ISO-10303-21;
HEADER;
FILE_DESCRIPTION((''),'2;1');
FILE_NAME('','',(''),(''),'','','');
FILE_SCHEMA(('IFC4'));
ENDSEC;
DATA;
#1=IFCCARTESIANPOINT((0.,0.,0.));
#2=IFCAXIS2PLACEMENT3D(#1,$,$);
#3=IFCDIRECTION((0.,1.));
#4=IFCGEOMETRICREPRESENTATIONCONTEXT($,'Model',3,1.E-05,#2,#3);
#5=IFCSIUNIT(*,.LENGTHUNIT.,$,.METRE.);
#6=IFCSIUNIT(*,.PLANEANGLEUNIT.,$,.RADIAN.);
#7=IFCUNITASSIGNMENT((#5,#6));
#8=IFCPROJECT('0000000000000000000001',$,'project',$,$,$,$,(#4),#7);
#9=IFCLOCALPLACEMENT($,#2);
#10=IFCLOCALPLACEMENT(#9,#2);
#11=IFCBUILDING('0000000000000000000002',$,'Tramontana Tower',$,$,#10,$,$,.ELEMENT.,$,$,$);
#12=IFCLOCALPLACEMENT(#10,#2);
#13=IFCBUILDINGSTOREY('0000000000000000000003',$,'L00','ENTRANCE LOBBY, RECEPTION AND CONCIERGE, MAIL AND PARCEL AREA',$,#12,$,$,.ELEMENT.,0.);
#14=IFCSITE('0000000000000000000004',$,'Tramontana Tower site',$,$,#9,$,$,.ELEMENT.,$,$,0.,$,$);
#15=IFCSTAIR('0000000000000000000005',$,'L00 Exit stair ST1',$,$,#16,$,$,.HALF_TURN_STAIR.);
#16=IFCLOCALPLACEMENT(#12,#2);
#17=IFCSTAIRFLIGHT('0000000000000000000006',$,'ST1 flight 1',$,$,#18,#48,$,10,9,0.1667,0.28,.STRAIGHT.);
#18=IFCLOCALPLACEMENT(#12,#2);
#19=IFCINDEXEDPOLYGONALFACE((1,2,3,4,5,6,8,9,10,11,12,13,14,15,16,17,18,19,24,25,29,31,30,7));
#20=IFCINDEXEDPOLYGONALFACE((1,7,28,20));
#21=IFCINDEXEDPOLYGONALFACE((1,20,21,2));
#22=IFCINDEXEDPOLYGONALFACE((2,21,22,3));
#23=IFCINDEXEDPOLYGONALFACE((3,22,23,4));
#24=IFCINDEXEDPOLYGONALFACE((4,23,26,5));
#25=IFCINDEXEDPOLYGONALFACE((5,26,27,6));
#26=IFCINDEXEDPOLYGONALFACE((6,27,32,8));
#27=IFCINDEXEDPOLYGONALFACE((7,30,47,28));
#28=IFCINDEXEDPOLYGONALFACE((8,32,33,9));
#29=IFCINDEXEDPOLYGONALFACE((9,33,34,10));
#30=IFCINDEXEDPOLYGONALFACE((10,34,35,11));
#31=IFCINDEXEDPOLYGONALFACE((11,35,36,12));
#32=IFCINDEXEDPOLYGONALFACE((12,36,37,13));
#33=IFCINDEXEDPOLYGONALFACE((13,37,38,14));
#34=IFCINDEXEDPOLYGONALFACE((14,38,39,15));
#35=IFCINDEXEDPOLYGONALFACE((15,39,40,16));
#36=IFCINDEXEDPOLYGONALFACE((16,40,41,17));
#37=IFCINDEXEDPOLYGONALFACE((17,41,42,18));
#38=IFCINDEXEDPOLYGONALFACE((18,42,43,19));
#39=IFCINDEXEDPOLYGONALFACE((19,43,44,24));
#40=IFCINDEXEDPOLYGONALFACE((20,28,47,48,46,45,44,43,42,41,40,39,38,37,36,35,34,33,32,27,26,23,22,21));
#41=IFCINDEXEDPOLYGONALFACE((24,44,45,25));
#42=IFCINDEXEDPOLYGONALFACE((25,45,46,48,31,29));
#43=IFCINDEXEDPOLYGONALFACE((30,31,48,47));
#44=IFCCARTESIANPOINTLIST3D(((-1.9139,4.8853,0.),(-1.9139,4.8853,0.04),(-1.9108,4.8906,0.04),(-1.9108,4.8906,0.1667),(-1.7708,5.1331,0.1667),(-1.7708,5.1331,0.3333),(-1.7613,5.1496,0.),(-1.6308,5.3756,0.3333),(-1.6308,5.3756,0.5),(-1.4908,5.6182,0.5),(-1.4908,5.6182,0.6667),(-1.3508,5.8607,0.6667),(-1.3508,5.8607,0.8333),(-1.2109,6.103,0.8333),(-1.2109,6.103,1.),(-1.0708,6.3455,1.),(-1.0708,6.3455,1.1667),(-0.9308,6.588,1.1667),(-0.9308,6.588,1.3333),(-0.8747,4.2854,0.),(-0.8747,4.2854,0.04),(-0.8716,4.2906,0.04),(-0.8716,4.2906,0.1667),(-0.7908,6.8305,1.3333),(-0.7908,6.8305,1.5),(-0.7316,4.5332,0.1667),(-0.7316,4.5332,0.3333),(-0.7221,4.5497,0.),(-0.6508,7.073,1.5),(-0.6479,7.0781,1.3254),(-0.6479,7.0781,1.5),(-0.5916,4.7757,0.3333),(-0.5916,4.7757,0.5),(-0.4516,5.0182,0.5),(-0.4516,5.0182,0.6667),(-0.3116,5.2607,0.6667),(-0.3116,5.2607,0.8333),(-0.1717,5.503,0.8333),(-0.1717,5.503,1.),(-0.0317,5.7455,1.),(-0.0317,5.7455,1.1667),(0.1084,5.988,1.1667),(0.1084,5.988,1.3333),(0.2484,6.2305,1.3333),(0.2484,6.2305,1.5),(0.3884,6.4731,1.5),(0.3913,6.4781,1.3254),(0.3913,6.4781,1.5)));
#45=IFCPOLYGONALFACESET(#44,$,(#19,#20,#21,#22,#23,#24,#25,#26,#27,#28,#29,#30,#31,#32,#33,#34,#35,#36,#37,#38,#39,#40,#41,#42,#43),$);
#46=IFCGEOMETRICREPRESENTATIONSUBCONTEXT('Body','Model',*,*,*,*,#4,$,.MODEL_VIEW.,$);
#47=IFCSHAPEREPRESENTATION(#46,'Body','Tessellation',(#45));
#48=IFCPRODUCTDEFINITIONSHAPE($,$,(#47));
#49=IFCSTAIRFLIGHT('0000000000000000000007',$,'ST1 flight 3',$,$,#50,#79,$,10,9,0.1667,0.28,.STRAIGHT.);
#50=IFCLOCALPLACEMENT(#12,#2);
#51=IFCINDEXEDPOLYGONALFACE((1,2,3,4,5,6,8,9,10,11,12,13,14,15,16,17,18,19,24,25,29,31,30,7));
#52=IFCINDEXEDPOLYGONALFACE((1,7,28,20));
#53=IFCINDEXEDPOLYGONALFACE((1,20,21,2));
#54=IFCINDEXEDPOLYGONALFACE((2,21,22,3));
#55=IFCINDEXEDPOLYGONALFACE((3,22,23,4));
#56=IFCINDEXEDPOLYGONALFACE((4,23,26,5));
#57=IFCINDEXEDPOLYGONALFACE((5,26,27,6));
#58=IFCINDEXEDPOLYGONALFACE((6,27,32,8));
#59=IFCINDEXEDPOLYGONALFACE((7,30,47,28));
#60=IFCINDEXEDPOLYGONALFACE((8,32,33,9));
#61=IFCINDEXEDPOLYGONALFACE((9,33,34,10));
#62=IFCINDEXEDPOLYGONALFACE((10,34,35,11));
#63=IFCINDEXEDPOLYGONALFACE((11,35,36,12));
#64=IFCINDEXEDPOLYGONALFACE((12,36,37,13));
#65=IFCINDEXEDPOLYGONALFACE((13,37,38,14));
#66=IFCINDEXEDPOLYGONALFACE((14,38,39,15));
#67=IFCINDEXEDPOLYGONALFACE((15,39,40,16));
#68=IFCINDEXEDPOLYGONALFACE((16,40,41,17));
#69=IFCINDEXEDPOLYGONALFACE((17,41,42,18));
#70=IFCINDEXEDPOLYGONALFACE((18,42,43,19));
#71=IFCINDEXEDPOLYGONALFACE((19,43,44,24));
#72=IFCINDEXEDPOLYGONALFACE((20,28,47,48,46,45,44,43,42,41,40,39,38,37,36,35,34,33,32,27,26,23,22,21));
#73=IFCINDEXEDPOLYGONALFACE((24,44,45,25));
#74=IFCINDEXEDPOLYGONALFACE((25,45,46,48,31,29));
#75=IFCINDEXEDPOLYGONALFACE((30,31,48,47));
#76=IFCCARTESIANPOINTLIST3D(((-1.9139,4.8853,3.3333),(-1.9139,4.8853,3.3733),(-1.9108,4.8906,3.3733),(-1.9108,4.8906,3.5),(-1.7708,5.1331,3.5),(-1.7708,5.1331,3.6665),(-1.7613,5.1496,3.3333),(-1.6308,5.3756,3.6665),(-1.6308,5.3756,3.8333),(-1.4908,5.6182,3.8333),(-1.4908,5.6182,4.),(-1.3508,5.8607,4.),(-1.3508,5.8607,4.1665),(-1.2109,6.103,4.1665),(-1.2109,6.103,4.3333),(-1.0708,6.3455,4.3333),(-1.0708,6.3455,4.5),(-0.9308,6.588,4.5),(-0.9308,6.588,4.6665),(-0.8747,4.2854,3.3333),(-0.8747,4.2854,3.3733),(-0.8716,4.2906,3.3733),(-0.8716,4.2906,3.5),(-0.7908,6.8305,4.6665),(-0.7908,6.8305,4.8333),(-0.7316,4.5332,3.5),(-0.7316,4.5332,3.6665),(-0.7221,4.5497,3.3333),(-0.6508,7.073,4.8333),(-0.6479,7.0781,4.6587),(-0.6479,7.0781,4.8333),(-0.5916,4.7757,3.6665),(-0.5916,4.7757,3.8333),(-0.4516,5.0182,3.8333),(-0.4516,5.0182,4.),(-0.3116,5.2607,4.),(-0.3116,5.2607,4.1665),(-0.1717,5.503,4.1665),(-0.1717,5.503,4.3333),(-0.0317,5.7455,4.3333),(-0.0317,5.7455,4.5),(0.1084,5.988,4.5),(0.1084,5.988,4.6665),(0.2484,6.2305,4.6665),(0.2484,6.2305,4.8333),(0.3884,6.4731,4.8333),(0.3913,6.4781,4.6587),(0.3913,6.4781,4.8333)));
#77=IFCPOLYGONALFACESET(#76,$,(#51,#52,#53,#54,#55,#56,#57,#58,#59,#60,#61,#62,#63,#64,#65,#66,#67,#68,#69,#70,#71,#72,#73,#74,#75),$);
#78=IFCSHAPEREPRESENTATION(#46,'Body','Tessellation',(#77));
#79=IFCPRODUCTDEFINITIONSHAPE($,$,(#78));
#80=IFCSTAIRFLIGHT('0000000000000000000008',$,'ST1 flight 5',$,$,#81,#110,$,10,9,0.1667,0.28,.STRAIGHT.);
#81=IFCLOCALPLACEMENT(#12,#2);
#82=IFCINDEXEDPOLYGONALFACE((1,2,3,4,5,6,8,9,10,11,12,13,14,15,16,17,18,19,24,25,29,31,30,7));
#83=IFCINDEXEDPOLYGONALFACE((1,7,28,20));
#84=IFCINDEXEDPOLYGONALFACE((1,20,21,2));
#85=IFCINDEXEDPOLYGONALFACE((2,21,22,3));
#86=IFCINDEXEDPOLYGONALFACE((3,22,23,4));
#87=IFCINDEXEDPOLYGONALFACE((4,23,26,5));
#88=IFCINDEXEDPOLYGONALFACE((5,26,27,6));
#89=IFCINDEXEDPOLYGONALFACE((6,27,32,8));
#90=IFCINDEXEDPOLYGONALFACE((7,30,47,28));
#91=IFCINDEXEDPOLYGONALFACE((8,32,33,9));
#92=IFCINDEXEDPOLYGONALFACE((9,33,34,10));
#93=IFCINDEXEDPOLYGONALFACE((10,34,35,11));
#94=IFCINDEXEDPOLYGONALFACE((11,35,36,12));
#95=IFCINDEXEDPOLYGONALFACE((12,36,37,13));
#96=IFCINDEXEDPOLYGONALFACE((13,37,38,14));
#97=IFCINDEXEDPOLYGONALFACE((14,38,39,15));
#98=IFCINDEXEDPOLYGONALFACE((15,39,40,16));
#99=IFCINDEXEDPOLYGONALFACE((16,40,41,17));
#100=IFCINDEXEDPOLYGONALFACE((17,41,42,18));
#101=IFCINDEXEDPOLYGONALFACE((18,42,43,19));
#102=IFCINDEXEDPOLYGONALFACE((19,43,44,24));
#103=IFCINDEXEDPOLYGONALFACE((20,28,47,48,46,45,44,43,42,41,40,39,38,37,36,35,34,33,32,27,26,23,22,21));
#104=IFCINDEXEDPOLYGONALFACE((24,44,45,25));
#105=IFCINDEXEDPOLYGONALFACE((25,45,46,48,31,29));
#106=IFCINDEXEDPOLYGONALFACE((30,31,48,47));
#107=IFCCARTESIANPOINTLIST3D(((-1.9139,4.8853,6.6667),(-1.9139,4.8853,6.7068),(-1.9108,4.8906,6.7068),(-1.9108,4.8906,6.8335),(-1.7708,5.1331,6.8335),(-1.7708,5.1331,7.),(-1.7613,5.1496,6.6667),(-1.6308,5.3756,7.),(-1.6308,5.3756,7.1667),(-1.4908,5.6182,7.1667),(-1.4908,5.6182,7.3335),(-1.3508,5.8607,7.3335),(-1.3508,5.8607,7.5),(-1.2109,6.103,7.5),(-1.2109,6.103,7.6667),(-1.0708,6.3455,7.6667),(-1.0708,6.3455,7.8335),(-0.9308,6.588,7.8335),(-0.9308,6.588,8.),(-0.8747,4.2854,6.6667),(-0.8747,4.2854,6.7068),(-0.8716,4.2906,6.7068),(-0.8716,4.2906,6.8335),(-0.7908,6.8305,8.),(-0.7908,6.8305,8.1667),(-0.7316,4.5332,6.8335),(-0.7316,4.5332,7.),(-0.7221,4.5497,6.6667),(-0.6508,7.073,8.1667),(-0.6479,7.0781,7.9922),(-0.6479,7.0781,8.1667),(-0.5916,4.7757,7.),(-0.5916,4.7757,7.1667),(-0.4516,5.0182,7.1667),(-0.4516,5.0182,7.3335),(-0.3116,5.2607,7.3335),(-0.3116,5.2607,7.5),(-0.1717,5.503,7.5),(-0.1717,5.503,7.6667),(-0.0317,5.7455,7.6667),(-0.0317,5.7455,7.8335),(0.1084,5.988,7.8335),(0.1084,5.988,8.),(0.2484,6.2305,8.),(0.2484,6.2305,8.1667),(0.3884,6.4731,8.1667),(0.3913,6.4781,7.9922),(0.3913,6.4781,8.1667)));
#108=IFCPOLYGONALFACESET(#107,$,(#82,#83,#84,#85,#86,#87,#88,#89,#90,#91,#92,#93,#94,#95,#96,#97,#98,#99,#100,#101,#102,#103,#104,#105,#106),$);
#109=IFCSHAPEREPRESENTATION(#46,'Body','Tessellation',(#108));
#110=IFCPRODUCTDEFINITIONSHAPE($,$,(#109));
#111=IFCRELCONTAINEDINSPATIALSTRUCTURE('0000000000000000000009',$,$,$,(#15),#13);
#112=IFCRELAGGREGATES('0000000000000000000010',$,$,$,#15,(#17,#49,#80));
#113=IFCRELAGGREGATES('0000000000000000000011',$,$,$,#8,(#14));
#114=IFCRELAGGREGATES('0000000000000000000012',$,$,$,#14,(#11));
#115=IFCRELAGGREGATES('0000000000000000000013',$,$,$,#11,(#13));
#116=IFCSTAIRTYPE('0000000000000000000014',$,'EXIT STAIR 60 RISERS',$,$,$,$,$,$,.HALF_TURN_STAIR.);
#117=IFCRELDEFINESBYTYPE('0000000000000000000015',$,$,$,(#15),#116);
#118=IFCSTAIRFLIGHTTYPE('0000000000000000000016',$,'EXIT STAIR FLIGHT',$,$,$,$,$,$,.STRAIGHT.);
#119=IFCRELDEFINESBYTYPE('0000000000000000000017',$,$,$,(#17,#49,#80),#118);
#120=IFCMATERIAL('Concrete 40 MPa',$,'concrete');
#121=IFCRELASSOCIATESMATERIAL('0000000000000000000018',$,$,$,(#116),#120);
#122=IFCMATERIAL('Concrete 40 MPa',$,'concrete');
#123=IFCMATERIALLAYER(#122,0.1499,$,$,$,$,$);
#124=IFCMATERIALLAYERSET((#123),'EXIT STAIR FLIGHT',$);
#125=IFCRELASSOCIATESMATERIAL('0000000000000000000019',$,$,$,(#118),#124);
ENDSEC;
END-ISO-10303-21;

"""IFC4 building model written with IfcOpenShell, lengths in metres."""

from ifc_helpers import new_model, si_unit, direction, frame, origin, place, context, subcontext, project, spatial, polyline, outline, extrude, material, layer, layer_set, type_object, element, aggregate, save


model = new_model("IFC4")

# Units and contexts
model_context = context("Model", 3, precision=1e-05, world=origin(), true_north=direction((0.0, 1.0)))
body_context = subcontext(model_context, "Body", "Model", "MODEL_VIEW")
ifc_project = project(units=[si_unit("LENGTHUNIT", "METRE"), si_unit("PLANEANGLEUNIT", "RADIAN")], contexts=[model_context])

# Site, building, storey
site_placement = place(None, origin())
site = spatial("IfcSite", under=ifc_project, at=site_placement, Name="Tramontana Tower site", CompositionType="ELEMENT", RefElevation=0.0)
building_placement = place(site_placement, origin())
building = spatial("IfcBuilding", under=site, at=building_placement, Name="Tramontana Tower", CompositionType="ELEMENT")
storey_placement = place(building_placement, origin())
storey = spatial("IfcBuildingStorey", under=building, at=storey_placement, Name="L00", Description="ENTRANCE LOBBY, RECEPTION AND CONCIERGE, MAIL AND PARCEL AREA", CompositionType="ELEMENT", Elevation=0.0)

# Stair, stair flights
ifc_material_1 = material(Name="Concrete 40 MPa", Category="concrete")
stair_type = type_object("IfcStairType", Name="EXIT STAIR 60 RISERS", PredefinedType="HALF_TURN_STAIR", material=ifc_material_1)
stair_placement = place(storey_placement, origin())
stair = element("IfcStair", 1, at=stair_placement, inside=storey, type_object=stair_type, Name="L00 Exit stair ST1", PredefinedType="HALF_TURN_STAIR")
ifc_material_2 = material(Name="Concrete 40 MPa", Category="concrete")
ifc_layer_1 = layer(ifc_material_2, 0.1499)
ifc_layer_set_1 = layer_set([ifc_layer_1], Name="EXIT STAIR FLIGHT")
stair_flight_type = type_object("IfcStairFlightType", Name="EXIT STAIR FLIGHT", PredefinedType="STRAIGHT", material=ifc_layer_set_1)
stair_flight_1_placement = place(storey_placement, frame((-1.3911, 4.5906, 0.0), z_axis=(0.0, 0.0, 1.0), x_axis=(0.5, 0.866025, 0.0)))
stair_flight_1 = element("IfcStairFlight", 2, at=stair_flight_1_placement, type_object=stair_flight_type, Name="ST1 flight 1", NumberOfRisers=10, NumberOfTreads=9, PredefinedType="STRAIGHT", RiserHeight=0.1667, TreadLength=0.28, context=body_context, shape_type="SweptSolid", body=[
    extrude(outline(polyline([(-0.0061, 0.0), (-0.0061, 0.04), (0.0, 0.04), (0.0, 0.1667), (0.28, 0.1667), (0.28, 0.3333), (0.5601, 0.3333), (0.5601, 0.5), (0.8401, 0.5), (0.8401, 0.6667), (1.1201, 0.6667), (1.1201, 0.8333), (1.3999, 0.8333), (1.3999, 1.0), (1.6799, 1.0), (1.6799, 1.1667), (1.96, 1.1667), (1.96, 1.3333), (2.24, 1.3333), (2.24, 1.5), (2.52, 1.5), (2.5259, 1.5), (2.5259, 1.3254), (0.2991, 0.0), (-0.0061, 0.0)])), frame((0.0, 0.6001, 0.0), z_axis=(0.0, -1.0, 0.0), x_axis=(1.0, 0.0, 0.0)), (0.0, 0.0, 1.0), 1.2),
])
stair_flight_2_placement = place(storey_placement, frame((-1.3911, 4.5906, 3.3333), z_axis=(0.0, 0.0, 1.0), x_axis=(0.5, 0.866025, 0.0)))
stair_flight_2 = element("IfcStairFlight", 3, at=stair_flight_2_placement, type_object=stair_flight_type, Name="ST1 flight 3", NumberOfRisers=10, NumberOfTreads=9, PredefinedType="STRAIGHT", RiserHeight=0.1667, TreadLength=0.28, context=body_context, shape_type="SweptSolid", body=[
    extrude(outline(polyline([(-0.0061, 0.0), (-0.0061, 0.04), (0.0, 0.04), (0.0, 0.1667), (0.28, 0.1667), (0.28, 0.3333), (0.5601, 0.3333), (0.5601, 0.5), (0.8401, 0.5), (0.8401, 0.6667), (1.1201, 0.6667), (1.1201, 0.8333), (1.3999, 0.8333), (1.3999, 1.0), (1.6799, 1.0), (1.6799, 1.1667), (1.96, 1.1667), (1.96, 1.3333), (2.24, 1.3333), (2.24, 1.5), (2.52, 1.5), (2.5259, 1.5), (2.5259, 1.3254), (0.2991, 0.0), (-0.0061, 0.0)])), frame((0.0, 0.6001, 0.0), z_axis=(0.0, -1.0, 0.0), x_axis=(1.0, 0.0, 0.0)), (0.0, 0.0, 1.0), 1.2),
])
stair_flight_3_placement = place(storey_placement, frame((-1.3911, 4.5906, 6.6667), z_axis=(0.0, 0.0, 1.0), x_axis=(0.5, 0.866025, 0.0)))
stair_flight_3 = element("IfcStairFlight", 4, at=stair_flight_3_placement, type_object=stair_flight_type, Name="ST1 flight 5", NumberOfRisers=10, NumberOfTreads=9, PredefinedType="STRAIGHT", RiserHeight=0.1667, TreadLength=0.28, context=body_context, shape_type="SweptSolid", body=[
    extrude(outline(polyline([(-0.0061, 0.0), (-0.0061, 0.04), (0.0, 0.04), (0.0, 0.1667), (0.28, 0.1667), (0.28, 0.3333), (0.5601, 0.3333), (0.5601, 0.5), (0.8401, 0.5), (0.8401, 0.6667), (1.1201, 0.6667), (1.1201, 0.8333), (1.3999, 0.8333), (1.3999, 1.0), (1.6799, 1.0), (1.6799, 1.1667), (1.96, 1.1667), (1.96, 1.3333), (2.24, 1.3333), (2.24, 1.5), (2.52, 1.5), (2.5259, 1.5), (2.5259, 1.3254), (0.2991, 0.0), (-0.0061, 0.0)])), frame((0.0, 0.6001, 0.0), z_axis=(0.0, -1.0, 0.0), x_axis=(1.0, 0.0, 0.0)), (0.0, 0.0, 1.0), 1.2),
])
aggregate(stair, [stair_flight_1, stair_flight_2, stair_flight_3])

save(model, "model.ifc")
